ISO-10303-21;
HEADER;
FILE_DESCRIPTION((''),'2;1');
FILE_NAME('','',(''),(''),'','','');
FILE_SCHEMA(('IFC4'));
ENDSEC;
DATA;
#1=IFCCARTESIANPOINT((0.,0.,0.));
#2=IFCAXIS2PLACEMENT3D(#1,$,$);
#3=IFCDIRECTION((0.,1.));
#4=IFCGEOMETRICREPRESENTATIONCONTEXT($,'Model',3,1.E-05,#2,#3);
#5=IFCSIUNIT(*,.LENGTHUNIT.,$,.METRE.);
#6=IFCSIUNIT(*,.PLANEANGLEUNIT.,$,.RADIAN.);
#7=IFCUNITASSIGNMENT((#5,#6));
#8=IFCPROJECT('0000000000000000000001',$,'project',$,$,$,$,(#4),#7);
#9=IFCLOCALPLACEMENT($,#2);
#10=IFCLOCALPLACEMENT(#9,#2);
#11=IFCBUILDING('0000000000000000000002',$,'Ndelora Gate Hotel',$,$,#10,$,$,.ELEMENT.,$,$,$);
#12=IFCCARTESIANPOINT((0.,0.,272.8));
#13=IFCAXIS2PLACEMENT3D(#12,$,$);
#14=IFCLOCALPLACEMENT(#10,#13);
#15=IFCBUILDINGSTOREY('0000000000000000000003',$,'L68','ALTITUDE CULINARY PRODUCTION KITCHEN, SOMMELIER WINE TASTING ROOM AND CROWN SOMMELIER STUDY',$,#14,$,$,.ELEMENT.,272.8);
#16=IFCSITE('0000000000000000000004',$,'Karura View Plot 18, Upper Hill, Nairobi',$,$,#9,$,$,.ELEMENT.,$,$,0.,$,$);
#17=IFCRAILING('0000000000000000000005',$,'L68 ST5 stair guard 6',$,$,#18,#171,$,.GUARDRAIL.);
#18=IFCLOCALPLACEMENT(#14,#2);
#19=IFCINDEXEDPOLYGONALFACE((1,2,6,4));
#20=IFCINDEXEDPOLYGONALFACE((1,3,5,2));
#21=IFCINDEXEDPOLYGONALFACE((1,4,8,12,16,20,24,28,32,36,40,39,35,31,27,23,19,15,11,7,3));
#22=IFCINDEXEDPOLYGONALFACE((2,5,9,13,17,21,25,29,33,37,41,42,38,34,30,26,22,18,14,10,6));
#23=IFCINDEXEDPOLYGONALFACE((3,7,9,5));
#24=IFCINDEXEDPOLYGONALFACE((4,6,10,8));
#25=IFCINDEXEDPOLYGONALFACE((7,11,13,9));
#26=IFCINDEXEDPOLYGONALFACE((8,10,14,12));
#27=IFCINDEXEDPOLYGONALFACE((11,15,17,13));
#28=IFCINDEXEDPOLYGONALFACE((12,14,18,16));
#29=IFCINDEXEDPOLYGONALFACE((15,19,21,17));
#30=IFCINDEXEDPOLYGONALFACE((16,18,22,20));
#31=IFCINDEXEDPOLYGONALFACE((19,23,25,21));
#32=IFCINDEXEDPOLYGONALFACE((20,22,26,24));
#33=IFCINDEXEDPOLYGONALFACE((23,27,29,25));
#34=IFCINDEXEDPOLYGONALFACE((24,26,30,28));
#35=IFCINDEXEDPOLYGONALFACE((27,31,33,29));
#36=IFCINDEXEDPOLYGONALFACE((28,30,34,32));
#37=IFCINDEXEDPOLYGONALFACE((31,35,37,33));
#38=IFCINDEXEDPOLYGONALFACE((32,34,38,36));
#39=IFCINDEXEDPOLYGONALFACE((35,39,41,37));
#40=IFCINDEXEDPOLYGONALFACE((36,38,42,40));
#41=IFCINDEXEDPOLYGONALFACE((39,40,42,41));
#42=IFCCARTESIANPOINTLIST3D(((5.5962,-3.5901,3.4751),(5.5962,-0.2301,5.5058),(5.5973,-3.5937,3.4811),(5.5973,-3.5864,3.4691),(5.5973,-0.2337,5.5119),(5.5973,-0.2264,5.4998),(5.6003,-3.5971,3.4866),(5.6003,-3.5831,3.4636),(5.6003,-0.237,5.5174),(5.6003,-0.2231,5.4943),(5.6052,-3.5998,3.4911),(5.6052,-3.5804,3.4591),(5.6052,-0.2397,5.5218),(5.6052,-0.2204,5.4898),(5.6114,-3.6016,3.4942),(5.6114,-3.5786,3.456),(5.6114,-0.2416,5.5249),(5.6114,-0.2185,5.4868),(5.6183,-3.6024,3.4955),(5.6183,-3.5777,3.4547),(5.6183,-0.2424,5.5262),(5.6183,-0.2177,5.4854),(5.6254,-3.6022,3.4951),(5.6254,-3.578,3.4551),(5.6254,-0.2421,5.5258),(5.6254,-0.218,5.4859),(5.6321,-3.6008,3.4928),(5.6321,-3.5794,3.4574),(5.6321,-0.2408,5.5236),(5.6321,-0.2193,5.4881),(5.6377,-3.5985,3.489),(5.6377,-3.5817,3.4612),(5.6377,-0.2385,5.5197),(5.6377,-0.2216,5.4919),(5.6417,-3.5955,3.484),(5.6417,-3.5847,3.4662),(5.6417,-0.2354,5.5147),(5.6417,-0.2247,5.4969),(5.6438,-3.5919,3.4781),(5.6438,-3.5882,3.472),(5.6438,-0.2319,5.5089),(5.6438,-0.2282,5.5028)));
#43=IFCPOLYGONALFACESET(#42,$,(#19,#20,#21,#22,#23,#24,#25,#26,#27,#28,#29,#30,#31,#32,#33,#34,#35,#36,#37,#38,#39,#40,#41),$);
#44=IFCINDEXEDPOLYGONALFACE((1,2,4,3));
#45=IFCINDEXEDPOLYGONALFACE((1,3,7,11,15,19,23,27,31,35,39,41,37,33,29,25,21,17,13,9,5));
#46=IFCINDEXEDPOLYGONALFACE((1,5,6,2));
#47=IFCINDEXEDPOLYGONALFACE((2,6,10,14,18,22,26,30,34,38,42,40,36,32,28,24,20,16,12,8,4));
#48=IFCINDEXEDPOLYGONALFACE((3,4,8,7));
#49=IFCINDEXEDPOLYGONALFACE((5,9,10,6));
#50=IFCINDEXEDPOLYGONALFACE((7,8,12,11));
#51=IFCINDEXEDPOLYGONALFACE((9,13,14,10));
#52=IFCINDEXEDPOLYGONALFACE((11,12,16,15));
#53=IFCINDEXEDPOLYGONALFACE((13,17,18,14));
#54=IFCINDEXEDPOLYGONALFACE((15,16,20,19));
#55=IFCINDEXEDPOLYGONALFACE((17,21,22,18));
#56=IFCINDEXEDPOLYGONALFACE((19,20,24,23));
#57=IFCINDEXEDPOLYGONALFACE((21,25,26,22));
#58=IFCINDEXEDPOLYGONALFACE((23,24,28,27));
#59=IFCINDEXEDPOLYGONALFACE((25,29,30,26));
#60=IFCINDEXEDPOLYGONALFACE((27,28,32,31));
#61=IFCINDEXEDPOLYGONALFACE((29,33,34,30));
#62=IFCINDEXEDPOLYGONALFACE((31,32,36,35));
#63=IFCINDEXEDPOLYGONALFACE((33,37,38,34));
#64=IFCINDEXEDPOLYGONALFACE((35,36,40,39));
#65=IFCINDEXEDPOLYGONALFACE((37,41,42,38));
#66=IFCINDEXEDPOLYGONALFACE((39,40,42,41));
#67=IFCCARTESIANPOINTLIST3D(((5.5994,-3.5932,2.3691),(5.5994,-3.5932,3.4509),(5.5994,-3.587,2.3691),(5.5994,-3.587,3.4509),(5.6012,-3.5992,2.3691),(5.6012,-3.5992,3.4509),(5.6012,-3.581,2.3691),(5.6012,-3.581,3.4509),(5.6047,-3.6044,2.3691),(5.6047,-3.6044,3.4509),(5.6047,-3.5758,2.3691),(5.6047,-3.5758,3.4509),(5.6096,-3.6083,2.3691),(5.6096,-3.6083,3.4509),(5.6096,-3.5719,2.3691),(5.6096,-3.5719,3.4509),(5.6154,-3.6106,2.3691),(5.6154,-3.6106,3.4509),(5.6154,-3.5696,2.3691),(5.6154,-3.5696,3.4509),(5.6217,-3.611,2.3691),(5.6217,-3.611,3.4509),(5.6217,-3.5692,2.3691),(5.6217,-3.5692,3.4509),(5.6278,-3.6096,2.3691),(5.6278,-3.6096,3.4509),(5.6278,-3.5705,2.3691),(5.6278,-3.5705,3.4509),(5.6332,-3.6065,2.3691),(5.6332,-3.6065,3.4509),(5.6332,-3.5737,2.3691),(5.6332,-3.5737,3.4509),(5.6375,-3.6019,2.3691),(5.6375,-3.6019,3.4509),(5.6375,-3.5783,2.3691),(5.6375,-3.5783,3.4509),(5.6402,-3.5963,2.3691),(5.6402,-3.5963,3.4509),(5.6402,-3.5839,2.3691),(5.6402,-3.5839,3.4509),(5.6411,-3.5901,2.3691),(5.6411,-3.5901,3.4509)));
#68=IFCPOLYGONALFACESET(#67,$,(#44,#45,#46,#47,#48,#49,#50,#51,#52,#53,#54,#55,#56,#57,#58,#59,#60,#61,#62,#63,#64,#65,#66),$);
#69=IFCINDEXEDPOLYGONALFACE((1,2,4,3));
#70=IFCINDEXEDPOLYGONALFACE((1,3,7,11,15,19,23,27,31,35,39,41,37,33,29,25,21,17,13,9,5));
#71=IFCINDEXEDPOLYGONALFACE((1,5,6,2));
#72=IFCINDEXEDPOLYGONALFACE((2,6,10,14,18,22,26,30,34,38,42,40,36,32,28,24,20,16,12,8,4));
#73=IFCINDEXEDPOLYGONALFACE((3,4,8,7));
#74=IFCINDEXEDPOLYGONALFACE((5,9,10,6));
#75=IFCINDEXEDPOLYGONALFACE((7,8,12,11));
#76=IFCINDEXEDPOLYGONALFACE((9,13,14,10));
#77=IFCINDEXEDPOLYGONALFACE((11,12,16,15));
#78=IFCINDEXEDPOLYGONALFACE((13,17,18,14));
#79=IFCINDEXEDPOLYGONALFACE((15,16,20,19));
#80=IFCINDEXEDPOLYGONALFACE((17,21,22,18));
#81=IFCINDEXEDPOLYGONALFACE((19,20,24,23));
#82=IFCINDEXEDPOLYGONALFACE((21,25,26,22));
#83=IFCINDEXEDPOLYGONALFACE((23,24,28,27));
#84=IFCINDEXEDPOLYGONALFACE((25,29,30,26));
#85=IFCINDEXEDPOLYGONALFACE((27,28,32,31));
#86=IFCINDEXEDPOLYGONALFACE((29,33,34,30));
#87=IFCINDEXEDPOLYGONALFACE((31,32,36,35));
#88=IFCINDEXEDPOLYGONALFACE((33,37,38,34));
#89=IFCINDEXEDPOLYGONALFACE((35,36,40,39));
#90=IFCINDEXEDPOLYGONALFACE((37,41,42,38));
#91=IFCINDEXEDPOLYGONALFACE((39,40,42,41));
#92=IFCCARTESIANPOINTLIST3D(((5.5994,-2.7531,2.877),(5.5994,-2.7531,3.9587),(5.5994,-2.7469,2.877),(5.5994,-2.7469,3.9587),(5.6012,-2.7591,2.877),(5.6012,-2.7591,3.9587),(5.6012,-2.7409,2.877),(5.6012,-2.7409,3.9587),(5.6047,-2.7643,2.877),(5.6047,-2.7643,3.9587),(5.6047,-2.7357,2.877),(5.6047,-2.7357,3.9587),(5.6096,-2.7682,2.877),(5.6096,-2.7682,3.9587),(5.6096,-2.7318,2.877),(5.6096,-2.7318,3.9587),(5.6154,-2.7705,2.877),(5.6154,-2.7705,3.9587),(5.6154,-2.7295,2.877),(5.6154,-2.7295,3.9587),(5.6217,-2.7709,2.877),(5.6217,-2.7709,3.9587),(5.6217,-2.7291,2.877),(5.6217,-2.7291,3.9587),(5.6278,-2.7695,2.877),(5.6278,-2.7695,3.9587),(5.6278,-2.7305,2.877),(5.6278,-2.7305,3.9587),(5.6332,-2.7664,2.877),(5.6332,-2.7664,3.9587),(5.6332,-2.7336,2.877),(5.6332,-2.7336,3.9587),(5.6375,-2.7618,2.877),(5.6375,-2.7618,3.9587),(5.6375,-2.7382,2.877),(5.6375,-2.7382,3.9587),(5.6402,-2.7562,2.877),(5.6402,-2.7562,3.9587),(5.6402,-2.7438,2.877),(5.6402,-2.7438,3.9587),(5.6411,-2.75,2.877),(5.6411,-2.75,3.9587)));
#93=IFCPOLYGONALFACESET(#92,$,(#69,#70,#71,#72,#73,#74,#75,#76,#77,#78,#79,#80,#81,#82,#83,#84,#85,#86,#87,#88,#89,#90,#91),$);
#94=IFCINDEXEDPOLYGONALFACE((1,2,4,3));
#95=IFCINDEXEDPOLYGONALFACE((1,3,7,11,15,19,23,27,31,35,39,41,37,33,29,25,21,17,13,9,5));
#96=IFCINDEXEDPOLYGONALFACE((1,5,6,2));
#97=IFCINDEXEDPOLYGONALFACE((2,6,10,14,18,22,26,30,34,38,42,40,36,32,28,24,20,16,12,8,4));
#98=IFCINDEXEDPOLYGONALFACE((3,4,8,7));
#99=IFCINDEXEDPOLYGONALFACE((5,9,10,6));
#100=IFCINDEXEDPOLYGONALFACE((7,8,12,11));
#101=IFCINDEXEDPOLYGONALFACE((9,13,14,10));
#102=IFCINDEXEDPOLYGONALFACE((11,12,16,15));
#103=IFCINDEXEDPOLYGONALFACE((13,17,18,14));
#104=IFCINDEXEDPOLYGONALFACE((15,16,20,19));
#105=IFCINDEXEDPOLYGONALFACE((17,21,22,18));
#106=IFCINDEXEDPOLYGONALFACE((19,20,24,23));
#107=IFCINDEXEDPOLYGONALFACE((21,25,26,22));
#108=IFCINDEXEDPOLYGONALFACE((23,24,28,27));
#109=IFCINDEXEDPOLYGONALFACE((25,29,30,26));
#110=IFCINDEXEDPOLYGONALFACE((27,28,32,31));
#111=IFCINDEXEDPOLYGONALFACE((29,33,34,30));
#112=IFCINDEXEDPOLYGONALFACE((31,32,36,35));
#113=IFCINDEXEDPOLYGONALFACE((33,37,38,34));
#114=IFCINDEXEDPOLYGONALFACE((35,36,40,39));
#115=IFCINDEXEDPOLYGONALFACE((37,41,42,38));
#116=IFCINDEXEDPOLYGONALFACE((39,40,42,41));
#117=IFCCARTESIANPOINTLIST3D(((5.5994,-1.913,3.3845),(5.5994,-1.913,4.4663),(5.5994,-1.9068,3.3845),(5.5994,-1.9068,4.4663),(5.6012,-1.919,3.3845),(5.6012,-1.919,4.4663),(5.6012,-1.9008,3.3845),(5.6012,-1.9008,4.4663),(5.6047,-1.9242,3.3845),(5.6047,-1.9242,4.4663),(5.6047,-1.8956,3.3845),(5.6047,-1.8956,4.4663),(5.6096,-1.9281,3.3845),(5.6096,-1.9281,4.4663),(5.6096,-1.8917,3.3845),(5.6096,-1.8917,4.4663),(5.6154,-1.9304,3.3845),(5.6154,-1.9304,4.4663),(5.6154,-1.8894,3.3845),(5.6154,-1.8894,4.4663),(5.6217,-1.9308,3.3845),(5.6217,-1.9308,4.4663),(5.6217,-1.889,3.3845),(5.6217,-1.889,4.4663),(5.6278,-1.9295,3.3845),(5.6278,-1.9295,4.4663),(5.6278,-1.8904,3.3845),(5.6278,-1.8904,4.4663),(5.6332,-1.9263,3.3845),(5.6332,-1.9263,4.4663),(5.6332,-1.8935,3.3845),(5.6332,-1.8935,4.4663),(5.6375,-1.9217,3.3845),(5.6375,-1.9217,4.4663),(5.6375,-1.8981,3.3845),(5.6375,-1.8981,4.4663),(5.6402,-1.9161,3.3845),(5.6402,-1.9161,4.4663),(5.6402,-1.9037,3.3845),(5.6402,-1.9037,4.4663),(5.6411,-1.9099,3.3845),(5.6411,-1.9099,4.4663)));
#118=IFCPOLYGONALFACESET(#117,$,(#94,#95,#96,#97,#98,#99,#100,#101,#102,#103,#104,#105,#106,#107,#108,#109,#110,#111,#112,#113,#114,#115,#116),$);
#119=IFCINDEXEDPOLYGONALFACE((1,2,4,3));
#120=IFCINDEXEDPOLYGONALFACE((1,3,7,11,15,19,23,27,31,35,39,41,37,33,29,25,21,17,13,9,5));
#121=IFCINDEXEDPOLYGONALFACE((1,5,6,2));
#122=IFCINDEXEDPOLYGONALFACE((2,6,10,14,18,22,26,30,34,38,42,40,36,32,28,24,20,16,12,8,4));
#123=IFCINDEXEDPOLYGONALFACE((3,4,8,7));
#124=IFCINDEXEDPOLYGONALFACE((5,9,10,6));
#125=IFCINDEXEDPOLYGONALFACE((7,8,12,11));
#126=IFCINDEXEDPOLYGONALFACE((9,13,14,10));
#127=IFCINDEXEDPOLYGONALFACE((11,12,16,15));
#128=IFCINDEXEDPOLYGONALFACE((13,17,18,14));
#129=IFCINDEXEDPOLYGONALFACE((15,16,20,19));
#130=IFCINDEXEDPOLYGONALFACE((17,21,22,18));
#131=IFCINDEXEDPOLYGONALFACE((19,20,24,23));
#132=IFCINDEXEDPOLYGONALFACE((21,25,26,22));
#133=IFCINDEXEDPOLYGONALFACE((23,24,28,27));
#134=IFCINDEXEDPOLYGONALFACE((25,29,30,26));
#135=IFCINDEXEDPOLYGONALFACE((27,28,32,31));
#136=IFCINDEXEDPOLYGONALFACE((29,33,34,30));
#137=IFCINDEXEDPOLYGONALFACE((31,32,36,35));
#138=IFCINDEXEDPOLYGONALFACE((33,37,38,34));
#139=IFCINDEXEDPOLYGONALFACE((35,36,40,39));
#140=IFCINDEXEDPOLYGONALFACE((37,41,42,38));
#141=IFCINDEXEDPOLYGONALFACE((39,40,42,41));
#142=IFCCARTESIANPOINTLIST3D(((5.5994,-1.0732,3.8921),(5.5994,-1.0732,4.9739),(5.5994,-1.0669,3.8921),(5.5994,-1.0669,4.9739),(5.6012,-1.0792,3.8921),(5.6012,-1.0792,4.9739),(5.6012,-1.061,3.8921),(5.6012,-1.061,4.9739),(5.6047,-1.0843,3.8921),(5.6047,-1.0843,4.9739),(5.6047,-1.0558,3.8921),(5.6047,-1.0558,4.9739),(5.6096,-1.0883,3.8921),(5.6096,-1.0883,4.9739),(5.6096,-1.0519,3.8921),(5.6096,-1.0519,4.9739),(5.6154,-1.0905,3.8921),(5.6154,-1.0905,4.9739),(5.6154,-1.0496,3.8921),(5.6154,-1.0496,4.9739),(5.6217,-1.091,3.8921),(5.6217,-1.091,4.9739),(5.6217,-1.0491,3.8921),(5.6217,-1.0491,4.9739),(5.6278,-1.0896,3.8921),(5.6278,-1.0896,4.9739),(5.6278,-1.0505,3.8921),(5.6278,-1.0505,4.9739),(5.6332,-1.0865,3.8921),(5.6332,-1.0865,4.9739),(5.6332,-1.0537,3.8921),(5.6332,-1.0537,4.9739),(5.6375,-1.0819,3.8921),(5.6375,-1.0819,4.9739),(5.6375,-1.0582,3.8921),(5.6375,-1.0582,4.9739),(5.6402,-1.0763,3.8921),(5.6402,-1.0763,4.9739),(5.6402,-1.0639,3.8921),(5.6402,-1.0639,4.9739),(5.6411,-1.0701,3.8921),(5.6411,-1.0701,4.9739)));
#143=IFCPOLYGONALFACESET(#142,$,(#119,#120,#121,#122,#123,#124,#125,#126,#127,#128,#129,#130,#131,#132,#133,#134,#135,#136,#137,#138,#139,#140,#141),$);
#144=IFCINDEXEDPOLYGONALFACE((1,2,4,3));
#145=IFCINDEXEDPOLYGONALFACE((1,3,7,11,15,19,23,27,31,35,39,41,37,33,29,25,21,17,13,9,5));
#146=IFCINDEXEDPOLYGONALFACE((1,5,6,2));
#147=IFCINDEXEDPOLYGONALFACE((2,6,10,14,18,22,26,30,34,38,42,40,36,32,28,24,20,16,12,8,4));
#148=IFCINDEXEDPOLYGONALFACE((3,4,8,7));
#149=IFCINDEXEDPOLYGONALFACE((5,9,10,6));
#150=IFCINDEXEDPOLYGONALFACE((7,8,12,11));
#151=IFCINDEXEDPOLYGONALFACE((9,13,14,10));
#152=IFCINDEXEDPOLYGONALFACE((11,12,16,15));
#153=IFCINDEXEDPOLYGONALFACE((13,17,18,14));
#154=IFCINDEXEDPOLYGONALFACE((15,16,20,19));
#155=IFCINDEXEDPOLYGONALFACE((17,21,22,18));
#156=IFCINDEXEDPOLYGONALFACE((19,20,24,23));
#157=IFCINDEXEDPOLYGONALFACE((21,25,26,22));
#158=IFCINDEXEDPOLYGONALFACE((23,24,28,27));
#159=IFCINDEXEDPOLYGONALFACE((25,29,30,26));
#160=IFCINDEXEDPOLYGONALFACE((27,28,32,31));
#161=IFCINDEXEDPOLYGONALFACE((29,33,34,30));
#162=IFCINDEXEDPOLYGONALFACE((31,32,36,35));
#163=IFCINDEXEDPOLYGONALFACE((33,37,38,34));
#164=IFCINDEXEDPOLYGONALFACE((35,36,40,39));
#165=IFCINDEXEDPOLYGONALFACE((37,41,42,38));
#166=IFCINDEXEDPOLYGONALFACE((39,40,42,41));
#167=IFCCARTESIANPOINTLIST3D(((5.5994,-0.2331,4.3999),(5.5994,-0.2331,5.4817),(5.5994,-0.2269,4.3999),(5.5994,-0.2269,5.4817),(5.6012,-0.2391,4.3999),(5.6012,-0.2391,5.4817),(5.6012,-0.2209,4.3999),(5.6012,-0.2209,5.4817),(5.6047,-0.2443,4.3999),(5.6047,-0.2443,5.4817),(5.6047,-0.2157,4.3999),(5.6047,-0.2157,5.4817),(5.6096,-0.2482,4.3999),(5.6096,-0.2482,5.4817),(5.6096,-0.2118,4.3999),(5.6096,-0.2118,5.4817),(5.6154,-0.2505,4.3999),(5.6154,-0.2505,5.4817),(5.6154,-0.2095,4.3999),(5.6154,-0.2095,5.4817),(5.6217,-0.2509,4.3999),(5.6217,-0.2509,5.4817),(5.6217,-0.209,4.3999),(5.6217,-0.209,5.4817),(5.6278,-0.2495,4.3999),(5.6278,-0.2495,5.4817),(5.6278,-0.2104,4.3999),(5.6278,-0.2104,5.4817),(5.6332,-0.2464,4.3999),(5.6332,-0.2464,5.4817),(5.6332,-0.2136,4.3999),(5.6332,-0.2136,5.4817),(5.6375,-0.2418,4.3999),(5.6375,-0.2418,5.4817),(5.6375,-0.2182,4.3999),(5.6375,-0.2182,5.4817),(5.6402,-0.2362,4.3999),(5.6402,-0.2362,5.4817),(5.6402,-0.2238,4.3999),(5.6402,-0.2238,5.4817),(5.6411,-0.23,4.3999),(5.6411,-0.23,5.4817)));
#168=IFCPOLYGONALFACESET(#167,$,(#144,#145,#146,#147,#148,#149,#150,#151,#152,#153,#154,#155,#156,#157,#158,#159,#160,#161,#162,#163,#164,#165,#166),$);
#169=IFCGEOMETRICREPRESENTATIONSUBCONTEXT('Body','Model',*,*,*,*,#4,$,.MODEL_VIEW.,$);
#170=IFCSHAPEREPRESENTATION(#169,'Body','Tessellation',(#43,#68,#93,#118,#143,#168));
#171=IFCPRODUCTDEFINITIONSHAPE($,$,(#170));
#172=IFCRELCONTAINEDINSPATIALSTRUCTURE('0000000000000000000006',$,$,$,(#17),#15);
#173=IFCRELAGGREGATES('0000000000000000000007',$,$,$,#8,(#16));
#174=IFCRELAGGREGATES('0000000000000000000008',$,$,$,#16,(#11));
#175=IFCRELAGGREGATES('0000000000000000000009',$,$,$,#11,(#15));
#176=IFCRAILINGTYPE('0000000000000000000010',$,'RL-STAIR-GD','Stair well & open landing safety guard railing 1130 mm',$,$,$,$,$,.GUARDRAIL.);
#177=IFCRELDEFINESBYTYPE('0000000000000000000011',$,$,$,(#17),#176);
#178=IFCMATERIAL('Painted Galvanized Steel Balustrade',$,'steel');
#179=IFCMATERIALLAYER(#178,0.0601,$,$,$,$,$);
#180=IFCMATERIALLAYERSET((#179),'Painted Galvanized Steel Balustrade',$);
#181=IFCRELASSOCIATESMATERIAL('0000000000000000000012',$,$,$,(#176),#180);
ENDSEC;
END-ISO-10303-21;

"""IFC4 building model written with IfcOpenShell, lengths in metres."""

from ifc_helpers import new_model, si_unit, direction, frame, origin, origin_2d, place, context, subcontext, project, spatial, circle, extrude, material, layer, layer_set, type_object, element, save


model = new_model("IFC4")

# Units and contexts
model_context = context("Model", 3, precision=1e-05, world=origin(), true_north=direction((0.0, 1.0)))
body_context = subcontext(model_context, "Body", "Model", "MODEL_VIEW")
ifc_project = project(units=[si_unit("LENGTHUNIT", "METRE"), si_unit("PLANEANGLEUNIT", "RADIAN")], contexts=[model_context])

# Site, building, storey
site_placement = place(None, origin())
site = spatial("IfcSite", under=ifc_project, at=site_placement, Name="Karura View Plot 18, Upper Hill, Nairobi", CompositionType="ELEMENT", RefElevation=0.0)
building_placement = place(site_placement, origin())
building = spatial("IfcBuilding", under=site, at=building_placement, Name="Ndelora Gate Hotel", CompositionType="ELEMENT")
storey_placement = place(building_placement, frame((0.0, 0.0, 272.8)))
storey = spatial("IfcBuildingStorey", under=building, at=storey_placement, Name="L68", Description="ALTITUDE CULINARY PRODUCTION KITCHEN, SOMMELIER WINE TASTING ROOM AND CROWN SOMMELIER STUDY", CompositionType="ELEMENT", Elevation=272.8)

# Railing
ifc_material_1 = material(Name="Painted Galvanized Steel Balustrade", Category="steel")
ifc_layer_1 = layer(ifc_material_1, 0.0601)
ifc_layer_set_1 = layer_set([ifc_layer_1], Name="Painted Galvanized Steel Balustrade")
railing_type_1 = type_object("IfcRailingType", Name="RL-STAIR-GD", Description="Stair well & open landing safety guard railing 1130 mm", PredefinedType="GUARDRAIL", material=ifc_layer_set_1)
railing_1_placement = place(storey_placement, frame((5.6201, -3.5901, 2.3691)))
element("IfcRailing", 1, at=railing_1_placement, inside=storey, type_object=railing_type_1, Name="L68 ST5 stair guard 6", PredefinedType="GUARDRAIL", context=body_context, shape_type="SweptSolid", body=[
    extrude(circle(Radius=0.0239, at=origin_2d()), frame((0.0, 0.0, 1.106), z_axis=(0.0, 0.855837, 0.517246), x_axis=(-1.0, 0.0, 0.0)), (0.0, 0.0, 1.0), 3.926),
    extrude(circle(Radius=0.021, at=origin_2d()), origin(), (0.0, 0.0, 1.0), 1.0818),
    extrude(circle(Radius=0.021, at=origin_2d()), frame((0.0, 0.8401, 0.5078)), (0.0, 0.0, 1.0), 1.0818),
    extrude(circle(Radius=0.021, at=origin_2d()), frame((0.0, 1.6802, 1.0154)), (0.0, 0.0, 1.0), 1.0818),
    extrude(circle(Radius=0.021, at=origin_2d()), frame((0.0, 2.52, 1.5229)), (0.0, 0.0, 1.0), 1.0818),
    extrude(circle(Radius=0.021, at=origin_2d()), frame((0.0, 3.3601, 2.0308)), (0.0, 0.0, 1.0), 1.0818),
])

save(model, "model.ifc")
